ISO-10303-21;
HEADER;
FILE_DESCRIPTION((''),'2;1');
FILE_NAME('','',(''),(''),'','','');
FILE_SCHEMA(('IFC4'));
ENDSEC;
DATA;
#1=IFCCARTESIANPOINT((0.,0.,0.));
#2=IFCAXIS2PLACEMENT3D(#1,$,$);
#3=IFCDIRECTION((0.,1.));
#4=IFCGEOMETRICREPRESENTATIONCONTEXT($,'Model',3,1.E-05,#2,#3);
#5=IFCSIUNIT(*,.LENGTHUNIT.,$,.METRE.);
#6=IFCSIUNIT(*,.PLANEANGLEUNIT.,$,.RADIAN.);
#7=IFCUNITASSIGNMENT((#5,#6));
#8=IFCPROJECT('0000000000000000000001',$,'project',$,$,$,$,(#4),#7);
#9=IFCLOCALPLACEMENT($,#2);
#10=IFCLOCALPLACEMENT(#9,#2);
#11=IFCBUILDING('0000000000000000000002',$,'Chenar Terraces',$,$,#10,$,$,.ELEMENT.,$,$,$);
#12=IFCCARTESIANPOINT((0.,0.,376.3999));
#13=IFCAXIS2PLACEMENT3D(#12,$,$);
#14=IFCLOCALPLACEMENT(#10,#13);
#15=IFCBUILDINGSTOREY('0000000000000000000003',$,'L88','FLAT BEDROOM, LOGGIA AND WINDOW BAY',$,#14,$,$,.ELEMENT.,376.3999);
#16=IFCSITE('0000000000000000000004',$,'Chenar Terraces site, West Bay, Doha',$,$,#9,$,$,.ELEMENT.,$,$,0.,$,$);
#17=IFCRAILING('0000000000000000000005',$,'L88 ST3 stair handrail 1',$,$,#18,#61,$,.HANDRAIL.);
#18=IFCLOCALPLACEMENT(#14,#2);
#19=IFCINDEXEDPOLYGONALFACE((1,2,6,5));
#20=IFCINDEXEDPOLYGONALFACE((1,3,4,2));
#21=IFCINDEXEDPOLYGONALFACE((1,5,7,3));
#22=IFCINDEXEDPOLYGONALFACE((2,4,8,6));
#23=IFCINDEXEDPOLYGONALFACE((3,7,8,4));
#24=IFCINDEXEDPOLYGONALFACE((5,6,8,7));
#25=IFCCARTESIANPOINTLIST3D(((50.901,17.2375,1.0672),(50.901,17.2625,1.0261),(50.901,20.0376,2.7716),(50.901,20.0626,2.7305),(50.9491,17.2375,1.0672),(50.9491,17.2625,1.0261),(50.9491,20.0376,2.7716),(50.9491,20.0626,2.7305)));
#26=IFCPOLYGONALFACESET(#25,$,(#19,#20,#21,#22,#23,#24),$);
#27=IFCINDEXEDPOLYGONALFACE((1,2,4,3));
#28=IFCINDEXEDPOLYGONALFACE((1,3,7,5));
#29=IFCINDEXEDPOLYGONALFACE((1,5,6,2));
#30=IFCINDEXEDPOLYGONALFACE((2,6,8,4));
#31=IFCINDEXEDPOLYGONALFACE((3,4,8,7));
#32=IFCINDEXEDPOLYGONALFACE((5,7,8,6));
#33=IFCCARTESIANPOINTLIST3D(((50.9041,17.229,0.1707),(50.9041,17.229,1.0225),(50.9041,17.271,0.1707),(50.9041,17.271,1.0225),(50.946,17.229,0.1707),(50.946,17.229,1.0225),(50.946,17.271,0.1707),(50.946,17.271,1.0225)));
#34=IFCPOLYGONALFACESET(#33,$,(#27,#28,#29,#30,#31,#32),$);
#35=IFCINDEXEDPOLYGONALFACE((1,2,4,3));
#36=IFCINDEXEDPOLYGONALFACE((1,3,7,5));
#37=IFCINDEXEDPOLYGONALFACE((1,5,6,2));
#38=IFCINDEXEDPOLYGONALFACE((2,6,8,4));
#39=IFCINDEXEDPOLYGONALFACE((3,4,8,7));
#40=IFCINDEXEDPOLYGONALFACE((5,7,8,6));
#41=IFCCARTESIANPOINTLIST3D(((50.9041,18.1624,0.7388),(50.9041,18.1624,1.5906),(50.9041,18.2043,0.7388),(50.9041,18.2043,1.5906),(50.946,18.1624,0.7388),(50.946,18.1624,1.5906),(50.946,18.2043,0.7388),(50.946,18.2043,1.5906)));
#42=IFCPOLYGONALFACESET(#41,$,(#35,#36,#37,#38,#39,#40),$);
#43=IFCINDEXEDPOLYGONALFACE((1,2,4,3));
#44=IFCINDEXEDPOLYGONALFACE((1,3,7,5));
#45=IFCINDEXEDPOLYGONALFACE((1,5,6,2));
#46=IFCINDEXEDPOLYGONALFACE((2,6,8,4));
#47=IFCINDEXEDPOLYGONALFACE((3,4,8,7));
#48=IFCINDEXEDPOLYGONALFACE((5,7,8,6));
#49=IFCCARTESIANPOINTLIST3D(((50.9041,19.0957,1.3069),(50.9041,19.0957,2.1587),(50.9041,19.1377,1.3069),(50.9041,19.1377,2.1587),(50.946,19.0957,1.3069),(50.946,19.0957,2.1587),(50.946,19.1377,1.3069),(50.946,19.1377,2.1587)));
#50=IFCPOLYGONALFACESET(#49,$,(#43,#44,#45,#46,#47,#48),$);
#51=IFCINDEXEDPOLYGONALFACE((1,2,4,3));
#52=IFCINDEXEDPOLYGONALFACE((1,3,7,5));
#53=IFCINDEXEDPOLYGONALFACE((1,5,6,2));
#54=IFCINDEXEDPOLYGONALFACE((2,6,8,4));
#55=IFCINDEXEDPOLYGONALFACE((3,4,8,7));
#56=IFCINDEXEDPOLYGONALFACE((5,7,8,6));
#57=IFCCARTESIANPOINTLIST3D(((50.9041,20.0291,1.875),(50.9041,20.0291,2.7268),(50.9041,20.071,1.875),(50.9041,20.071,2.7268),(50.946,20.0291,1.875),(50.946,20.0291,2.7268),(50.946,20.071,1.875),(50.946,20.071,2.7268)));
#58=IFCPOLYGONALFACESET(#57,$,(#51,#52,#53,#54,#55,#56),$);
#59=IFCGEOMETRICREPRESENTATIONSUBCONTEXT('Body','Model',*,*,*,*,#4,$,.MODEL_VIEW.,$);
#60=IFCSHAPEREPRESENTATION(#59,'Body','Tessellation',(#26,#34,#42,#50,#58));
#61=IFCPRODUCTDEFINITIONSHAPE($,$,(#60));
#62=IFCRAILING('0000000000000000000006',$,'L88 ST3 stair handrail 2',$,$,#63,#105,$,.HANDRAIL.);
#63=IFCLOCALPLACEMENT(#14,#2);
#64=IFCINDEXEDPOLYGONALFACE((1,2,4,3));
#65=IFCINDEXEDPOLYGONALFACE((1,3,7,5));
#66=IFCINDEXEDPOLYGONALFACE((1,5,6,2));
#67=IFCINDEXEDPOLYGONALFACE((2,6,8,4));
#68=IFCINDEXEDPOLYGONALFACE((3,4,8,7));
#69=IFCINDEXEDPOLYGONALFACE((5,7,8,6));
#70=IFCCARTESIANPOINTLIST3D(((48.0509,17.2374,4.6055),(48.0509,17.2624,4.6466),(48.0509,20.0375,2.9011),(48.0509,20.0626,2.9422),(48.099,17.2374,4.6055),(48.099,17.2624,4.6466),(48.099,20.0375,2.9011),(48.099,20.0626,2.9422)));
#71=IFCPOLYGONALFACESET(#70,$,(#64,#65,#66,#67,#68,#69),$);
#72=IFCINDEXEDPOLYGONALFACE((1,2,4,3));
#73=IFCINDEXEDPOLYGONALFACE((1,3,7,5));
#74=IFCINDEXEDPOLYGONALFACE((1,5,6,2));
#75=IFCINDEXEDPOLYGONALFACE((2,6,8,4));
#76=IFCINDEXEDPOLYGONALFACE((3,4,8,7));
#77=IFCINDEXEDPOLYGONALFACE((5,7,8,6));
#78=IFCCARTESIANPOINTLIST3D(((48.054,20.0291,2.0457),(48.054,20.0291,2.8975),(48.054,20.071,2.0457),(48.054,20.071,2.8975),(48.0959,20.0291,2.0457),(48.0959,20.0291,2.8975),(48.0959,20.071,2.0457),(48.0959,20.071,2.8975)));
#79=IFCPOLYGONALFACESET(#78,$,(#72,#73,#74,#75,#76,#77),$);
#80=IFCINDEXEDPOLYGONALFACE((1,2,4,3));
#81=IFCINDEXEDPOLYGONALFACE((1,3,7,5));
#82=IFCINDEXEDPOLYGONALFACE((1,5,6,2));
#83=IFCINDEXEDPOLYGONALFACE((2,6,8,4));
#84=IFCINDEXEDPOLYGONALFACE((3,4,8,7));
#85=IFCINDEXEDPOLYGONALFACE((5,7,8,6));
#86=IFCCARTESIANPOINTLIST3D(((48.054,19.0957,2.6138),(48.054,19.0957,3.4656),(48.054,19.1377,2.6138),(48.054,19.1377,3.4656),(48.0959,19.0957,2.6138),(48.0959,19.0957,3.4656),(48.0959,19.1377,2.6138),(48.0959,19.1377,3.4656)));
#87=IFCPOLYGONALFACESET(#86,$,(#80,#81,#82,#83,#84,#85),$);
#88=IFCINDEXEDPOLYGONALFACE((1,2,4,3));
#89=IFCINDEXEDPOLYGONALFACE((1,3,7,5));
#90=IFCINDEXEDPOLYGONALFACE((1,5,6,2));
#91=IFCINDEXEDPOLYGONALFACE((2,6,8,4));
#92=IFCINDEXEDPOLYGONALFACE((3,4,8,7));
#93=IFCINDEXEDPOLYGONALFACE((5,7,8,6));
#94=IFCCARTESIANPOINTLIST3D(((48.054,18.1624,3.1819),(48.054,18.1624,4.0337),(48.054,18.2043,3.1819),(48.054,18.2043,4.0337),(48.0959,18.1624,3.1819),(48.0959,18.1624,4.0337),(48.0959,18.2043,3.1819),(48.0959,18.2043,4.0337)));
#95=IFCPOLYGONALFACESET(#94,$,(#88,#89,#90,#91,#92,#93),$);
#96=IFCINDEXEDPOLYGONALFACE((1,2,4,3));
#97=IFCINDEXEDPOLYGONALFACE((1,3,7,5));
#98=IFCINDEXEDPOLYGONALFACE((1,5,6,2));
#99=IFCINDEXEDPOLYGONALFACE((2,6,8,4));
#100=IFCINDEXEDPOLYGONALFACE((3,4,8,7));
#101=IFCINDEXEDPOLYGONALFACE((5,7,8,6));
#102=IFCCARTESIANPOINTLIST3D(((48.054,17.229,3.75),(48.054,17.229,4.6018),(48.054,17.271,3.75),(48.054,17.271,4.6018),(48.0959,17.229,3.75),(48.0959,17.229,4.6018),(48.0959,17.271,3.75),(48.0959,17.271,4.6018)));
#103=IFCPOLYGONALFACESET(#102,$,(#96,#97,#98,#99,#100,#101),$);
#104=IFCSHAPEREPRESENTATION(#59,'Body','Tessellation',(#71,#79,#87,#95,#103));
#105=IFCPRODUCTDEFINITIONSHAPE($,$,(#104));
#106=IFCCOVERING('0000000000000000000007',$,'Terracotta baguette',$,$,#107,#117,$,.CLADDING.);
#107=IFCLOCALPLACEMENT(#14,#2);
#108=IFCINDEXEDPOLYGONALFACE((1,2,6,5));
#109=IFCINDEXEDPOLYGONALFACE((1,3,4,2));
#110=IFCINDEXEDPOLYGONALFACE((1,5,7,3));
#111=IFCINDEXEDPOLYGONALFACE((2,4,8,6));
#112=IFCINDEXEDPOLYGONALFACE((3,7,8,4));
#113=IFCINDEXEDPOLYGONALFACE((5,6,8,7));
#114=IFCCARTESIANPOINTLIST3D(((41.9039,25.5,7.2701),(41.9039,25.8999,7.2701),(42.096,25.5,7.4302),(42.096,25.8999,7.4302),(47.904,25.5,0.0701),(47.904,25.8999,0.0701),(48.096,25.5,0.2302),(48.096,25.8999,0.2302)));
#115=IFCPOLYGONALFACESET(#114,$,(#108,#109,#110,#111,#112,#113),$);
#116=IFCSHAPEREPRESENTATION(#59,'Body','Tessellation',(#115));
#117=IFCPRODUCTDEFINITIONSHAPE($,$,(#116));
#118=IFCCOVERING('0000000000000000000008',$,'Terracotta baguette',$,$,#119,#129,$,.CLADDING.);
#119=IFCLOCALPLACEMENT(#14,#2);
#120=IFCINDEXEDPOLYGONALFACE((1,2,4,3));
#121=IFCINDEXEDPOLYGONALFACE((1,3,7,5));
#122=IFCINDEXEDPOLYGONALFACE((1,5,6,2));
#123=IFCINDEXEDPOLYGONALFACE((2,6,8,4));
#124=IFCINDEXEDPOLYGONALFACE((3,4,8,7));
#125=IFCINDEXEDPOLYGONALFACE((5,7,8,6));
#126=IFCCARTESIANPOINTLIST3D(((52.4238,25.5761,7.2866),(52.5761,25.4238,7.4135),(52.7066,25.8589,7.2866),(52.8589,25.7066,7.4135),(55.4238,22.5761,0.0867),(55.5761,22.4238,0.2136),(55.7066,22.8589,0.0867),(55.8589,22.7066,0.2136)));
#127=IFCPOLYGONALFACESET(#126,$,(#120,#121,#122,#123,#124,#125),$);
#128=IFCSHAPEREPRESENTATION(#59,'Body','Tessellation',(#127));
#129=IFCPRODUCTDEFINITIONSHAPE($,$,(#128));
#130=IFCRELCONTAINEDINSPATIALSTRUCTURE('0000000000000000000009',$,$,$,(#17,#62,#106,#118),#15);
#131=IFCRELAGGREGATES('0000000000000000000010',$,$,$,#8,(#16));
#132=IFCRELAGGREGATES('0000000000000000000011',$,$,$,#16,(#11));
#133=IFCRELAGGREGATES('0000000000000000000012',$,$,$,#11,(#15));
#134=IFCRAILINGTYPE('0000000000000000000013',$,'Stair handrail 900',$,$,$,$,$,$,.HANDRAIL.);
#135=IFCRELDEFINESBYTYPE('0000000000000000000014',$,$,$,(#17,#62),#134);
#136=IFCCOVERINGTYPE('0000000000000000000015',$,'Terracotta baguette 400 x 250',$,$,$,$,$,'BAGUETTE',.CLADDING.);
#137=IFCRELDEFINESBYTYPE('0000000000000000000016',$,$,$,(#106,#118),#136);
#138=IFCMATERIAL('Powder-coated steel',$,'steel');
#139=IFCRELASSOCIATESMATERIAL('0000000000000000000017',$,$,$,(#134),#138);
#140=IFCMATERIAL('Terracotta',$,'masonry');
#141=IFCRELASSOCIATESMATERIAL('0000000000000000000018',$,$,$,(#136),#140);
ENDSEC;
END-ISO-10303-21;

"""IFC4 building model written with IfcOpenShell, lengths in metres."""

from ifc_helpers import new_model, si_unit, direction, frame, origin, origin_2d, place, context, subcontext, project, spatial, rectangle, extrude, material, material_profile, profile_set, type_object, element, save


model = new_model("IFC4")

# Units and contexts
model_context = context("Model", 3, precision=1e-05, world=origin(), true_north=direction((0.0, 1.0)))
body_context = subcontext(model_context, "Body", "Model", "MODEL_VIEW")
ifc_project = project(units=[si_unit("LENGTHUNIT", "METRE"), si_unit("PLANEANGLEUNIT", "RADIAN")], contexts=[model_context])

# Site, building, storey
site_placement = place(None, origin())
site = spatial("IfcSite", under=ifc_project, at=site_placement, Name="Chenar Terraces site, West Bay, Doha", CompositionType="ELEMENT", RefElevation=0.0)
building_placement = place(site_placement, origin())
building = spatial("IfcBuilding", under=site, at=building_placement, Name="Chenar Terraces", CompositionType="ELEMENT")
storey_placement = place(building_placement, frame((0.0, 0.0, 376.3999)))
storey = spatial("IfcBuildingStorey", under=building, at=storey_placement, Name="L88", Description="FLAT BEDROOM, LOGGIA AND WINDOW BAY", CompositionType="ELEMENT", Elevation=376.3999)

# Railings
ifc_material_1 = material(Name="Powder-coated steel", Category="steel")
railing_type_1 = type_object("IfcRailingType", Name="Stair handrail 900", PredefinedType="HANDRAIL", material=ifc_material_1)
railing_1_placement = place(storey_placement, frame((50.925, 17.25, 0.1707)))
element("IfcRailing", 1, at=railing_1_placement, inside=storey, type_object=railing_type_1, Name="L88 ST3 stair handrail 1", PredefinedType="HANDRAIL", context=body_context, shape_type="SweptSolid", body=[
    extrude(rectangle(XDim=0.0481, YDim=0.0481, at=origin_2d()), frame((0.0, 0.0, 0.876), z_axis=(0.0, 0.854203, 0.51994), x_axis=(-1.0, 0.0, 0.0)), (0.0, 0.0, 1.0), 3.2781),
    extrude(rectangle(XDim=0.042, YDim=0.042, at=origin_2d()), origin(), (0.0, 0.0, 1.0), 0.8518),
    extrude(rectangle(XDim=0.042, YDim=0.042, at=origin_2d()), frame((0.0, 0.9333, 0.5681)), (0.0, 0.0, 1.0), 0.8518),
    extrude(rectangle(XDim=0.042, YDim=0.042, at=origin_2d()), frame((0.0, 1.8667, 1.1362)), (0.0, 0.0, 1.0), 0.8518),
    extrude(rectangle(XDim=0.042, YDim=0.042, at=origin_2d()), frame((0.0, 2.8, 1.7043)), (0.0, 0.0, 1.0), 0.8518),
])
railing_2_placement = place(storey_placement, frame((48.075, 20.05, 2.0457)))
element("IfcRailing", 2, at=railing_2_placement, inside=storey, type_object=railing_type_1, Name="L88 ST3 stair handrail 2", PredefinedType="HANDRAIL", context=body_context, shape_type="SweptSolid", body=[
    extrude(rectangle(XDim=0.0481, YDim=0.0481, at=origin_2d()), frame((0.0, 0.0, 0.876), z_axis=(0.0, -0.854203, 0.51994), x_axis=(1.0, 0.0, 0.0)), (0.0, 0.0, 1.0), 3.2781),
    extrude(rectangle(XDim=0.042, YDim=0.042, at=origin_2d()), origin(), (0.0, 0.0, 1.0), 0.8518),
    extrude(rectangle(XDim=0.042, YDim=0.042, at=origin_2d()), frame((0.0, -0.9333, 0.5681)), (0.0, 0.0, 1.0), 0.8518),
    extrude(rectangle(XDim=0.042, YDim=0.042, at=origin_2d()), frame((0.0, -1.8667, 1.1362)), (0.0, 0.0, 1.0), 0.8518),
    extrude(rectangle(XDim=0.042, YDim=0.042, at=origin_2d()), frame((0.0, -2.8, 1.7043)), (0.0, 0.0, 1.0), 0.8518),
])

# Coverings
ifc_material_2 = material(Name="Terracotta", Category="masonry")
ifc_material_profile_1 = material_profile(ifc_material_2, rectangle(XDim=0.3999, YDim=0.25, at=origin_2d()), Name="Terracotta baguette 400 x 250")
ifc_profile_set_1 = profile_set([ifc_material_profile_1], Name="Terracotta")
covering_type = type_object("IfcCoveringType", Name="Terracotta baguette 400 x 250", ElementType="BAGUETTE", PredefinedType="CLADDING", material=ifc_profile_set_1)
covering_1_placement = place(storey_placement, frame((48.0, 25.7, 0.1501), z_axis=(-0.640187, 0.0, 0.768219), x_axis=(0.0, -1.0, 0.0)))
element("IfcCovering", 3, at=covering_1_placement, inside=storey, type_object=covering_type, Name="Terracotta baguette", PredefinedType="CLADDING", context=body_context, shape_type="SweptSolid", body=[
    extrude(rectangle(XDim=0.3999, YDim=0.25, at=origin_2d()), origin(), (0.0, 0.0, 1.0), 9.3723),
])
covering_2_placement = place(storey_placement, frame((55.6414, 22.6414, 0.1501), z_axis=(-0.358981, 0.358981, 0.861548), x_axis=(-0.707107, -0.707107, 0.0)))
element("IfcCovering", 4, at=covering_2_placement, inside=storey, type_object=covering_type, Name="Terracotta baguette", PredefinedType="CLADDING", context=body_context, shape_type="SweptSolid", body=[
    extrude(rectangle(XDim=0.3999, YDim=0.25, at=origin_2d()), origin(), (0.0, 0.0, 1.0), 8.3569),
])

save(model, "model.ifc")
